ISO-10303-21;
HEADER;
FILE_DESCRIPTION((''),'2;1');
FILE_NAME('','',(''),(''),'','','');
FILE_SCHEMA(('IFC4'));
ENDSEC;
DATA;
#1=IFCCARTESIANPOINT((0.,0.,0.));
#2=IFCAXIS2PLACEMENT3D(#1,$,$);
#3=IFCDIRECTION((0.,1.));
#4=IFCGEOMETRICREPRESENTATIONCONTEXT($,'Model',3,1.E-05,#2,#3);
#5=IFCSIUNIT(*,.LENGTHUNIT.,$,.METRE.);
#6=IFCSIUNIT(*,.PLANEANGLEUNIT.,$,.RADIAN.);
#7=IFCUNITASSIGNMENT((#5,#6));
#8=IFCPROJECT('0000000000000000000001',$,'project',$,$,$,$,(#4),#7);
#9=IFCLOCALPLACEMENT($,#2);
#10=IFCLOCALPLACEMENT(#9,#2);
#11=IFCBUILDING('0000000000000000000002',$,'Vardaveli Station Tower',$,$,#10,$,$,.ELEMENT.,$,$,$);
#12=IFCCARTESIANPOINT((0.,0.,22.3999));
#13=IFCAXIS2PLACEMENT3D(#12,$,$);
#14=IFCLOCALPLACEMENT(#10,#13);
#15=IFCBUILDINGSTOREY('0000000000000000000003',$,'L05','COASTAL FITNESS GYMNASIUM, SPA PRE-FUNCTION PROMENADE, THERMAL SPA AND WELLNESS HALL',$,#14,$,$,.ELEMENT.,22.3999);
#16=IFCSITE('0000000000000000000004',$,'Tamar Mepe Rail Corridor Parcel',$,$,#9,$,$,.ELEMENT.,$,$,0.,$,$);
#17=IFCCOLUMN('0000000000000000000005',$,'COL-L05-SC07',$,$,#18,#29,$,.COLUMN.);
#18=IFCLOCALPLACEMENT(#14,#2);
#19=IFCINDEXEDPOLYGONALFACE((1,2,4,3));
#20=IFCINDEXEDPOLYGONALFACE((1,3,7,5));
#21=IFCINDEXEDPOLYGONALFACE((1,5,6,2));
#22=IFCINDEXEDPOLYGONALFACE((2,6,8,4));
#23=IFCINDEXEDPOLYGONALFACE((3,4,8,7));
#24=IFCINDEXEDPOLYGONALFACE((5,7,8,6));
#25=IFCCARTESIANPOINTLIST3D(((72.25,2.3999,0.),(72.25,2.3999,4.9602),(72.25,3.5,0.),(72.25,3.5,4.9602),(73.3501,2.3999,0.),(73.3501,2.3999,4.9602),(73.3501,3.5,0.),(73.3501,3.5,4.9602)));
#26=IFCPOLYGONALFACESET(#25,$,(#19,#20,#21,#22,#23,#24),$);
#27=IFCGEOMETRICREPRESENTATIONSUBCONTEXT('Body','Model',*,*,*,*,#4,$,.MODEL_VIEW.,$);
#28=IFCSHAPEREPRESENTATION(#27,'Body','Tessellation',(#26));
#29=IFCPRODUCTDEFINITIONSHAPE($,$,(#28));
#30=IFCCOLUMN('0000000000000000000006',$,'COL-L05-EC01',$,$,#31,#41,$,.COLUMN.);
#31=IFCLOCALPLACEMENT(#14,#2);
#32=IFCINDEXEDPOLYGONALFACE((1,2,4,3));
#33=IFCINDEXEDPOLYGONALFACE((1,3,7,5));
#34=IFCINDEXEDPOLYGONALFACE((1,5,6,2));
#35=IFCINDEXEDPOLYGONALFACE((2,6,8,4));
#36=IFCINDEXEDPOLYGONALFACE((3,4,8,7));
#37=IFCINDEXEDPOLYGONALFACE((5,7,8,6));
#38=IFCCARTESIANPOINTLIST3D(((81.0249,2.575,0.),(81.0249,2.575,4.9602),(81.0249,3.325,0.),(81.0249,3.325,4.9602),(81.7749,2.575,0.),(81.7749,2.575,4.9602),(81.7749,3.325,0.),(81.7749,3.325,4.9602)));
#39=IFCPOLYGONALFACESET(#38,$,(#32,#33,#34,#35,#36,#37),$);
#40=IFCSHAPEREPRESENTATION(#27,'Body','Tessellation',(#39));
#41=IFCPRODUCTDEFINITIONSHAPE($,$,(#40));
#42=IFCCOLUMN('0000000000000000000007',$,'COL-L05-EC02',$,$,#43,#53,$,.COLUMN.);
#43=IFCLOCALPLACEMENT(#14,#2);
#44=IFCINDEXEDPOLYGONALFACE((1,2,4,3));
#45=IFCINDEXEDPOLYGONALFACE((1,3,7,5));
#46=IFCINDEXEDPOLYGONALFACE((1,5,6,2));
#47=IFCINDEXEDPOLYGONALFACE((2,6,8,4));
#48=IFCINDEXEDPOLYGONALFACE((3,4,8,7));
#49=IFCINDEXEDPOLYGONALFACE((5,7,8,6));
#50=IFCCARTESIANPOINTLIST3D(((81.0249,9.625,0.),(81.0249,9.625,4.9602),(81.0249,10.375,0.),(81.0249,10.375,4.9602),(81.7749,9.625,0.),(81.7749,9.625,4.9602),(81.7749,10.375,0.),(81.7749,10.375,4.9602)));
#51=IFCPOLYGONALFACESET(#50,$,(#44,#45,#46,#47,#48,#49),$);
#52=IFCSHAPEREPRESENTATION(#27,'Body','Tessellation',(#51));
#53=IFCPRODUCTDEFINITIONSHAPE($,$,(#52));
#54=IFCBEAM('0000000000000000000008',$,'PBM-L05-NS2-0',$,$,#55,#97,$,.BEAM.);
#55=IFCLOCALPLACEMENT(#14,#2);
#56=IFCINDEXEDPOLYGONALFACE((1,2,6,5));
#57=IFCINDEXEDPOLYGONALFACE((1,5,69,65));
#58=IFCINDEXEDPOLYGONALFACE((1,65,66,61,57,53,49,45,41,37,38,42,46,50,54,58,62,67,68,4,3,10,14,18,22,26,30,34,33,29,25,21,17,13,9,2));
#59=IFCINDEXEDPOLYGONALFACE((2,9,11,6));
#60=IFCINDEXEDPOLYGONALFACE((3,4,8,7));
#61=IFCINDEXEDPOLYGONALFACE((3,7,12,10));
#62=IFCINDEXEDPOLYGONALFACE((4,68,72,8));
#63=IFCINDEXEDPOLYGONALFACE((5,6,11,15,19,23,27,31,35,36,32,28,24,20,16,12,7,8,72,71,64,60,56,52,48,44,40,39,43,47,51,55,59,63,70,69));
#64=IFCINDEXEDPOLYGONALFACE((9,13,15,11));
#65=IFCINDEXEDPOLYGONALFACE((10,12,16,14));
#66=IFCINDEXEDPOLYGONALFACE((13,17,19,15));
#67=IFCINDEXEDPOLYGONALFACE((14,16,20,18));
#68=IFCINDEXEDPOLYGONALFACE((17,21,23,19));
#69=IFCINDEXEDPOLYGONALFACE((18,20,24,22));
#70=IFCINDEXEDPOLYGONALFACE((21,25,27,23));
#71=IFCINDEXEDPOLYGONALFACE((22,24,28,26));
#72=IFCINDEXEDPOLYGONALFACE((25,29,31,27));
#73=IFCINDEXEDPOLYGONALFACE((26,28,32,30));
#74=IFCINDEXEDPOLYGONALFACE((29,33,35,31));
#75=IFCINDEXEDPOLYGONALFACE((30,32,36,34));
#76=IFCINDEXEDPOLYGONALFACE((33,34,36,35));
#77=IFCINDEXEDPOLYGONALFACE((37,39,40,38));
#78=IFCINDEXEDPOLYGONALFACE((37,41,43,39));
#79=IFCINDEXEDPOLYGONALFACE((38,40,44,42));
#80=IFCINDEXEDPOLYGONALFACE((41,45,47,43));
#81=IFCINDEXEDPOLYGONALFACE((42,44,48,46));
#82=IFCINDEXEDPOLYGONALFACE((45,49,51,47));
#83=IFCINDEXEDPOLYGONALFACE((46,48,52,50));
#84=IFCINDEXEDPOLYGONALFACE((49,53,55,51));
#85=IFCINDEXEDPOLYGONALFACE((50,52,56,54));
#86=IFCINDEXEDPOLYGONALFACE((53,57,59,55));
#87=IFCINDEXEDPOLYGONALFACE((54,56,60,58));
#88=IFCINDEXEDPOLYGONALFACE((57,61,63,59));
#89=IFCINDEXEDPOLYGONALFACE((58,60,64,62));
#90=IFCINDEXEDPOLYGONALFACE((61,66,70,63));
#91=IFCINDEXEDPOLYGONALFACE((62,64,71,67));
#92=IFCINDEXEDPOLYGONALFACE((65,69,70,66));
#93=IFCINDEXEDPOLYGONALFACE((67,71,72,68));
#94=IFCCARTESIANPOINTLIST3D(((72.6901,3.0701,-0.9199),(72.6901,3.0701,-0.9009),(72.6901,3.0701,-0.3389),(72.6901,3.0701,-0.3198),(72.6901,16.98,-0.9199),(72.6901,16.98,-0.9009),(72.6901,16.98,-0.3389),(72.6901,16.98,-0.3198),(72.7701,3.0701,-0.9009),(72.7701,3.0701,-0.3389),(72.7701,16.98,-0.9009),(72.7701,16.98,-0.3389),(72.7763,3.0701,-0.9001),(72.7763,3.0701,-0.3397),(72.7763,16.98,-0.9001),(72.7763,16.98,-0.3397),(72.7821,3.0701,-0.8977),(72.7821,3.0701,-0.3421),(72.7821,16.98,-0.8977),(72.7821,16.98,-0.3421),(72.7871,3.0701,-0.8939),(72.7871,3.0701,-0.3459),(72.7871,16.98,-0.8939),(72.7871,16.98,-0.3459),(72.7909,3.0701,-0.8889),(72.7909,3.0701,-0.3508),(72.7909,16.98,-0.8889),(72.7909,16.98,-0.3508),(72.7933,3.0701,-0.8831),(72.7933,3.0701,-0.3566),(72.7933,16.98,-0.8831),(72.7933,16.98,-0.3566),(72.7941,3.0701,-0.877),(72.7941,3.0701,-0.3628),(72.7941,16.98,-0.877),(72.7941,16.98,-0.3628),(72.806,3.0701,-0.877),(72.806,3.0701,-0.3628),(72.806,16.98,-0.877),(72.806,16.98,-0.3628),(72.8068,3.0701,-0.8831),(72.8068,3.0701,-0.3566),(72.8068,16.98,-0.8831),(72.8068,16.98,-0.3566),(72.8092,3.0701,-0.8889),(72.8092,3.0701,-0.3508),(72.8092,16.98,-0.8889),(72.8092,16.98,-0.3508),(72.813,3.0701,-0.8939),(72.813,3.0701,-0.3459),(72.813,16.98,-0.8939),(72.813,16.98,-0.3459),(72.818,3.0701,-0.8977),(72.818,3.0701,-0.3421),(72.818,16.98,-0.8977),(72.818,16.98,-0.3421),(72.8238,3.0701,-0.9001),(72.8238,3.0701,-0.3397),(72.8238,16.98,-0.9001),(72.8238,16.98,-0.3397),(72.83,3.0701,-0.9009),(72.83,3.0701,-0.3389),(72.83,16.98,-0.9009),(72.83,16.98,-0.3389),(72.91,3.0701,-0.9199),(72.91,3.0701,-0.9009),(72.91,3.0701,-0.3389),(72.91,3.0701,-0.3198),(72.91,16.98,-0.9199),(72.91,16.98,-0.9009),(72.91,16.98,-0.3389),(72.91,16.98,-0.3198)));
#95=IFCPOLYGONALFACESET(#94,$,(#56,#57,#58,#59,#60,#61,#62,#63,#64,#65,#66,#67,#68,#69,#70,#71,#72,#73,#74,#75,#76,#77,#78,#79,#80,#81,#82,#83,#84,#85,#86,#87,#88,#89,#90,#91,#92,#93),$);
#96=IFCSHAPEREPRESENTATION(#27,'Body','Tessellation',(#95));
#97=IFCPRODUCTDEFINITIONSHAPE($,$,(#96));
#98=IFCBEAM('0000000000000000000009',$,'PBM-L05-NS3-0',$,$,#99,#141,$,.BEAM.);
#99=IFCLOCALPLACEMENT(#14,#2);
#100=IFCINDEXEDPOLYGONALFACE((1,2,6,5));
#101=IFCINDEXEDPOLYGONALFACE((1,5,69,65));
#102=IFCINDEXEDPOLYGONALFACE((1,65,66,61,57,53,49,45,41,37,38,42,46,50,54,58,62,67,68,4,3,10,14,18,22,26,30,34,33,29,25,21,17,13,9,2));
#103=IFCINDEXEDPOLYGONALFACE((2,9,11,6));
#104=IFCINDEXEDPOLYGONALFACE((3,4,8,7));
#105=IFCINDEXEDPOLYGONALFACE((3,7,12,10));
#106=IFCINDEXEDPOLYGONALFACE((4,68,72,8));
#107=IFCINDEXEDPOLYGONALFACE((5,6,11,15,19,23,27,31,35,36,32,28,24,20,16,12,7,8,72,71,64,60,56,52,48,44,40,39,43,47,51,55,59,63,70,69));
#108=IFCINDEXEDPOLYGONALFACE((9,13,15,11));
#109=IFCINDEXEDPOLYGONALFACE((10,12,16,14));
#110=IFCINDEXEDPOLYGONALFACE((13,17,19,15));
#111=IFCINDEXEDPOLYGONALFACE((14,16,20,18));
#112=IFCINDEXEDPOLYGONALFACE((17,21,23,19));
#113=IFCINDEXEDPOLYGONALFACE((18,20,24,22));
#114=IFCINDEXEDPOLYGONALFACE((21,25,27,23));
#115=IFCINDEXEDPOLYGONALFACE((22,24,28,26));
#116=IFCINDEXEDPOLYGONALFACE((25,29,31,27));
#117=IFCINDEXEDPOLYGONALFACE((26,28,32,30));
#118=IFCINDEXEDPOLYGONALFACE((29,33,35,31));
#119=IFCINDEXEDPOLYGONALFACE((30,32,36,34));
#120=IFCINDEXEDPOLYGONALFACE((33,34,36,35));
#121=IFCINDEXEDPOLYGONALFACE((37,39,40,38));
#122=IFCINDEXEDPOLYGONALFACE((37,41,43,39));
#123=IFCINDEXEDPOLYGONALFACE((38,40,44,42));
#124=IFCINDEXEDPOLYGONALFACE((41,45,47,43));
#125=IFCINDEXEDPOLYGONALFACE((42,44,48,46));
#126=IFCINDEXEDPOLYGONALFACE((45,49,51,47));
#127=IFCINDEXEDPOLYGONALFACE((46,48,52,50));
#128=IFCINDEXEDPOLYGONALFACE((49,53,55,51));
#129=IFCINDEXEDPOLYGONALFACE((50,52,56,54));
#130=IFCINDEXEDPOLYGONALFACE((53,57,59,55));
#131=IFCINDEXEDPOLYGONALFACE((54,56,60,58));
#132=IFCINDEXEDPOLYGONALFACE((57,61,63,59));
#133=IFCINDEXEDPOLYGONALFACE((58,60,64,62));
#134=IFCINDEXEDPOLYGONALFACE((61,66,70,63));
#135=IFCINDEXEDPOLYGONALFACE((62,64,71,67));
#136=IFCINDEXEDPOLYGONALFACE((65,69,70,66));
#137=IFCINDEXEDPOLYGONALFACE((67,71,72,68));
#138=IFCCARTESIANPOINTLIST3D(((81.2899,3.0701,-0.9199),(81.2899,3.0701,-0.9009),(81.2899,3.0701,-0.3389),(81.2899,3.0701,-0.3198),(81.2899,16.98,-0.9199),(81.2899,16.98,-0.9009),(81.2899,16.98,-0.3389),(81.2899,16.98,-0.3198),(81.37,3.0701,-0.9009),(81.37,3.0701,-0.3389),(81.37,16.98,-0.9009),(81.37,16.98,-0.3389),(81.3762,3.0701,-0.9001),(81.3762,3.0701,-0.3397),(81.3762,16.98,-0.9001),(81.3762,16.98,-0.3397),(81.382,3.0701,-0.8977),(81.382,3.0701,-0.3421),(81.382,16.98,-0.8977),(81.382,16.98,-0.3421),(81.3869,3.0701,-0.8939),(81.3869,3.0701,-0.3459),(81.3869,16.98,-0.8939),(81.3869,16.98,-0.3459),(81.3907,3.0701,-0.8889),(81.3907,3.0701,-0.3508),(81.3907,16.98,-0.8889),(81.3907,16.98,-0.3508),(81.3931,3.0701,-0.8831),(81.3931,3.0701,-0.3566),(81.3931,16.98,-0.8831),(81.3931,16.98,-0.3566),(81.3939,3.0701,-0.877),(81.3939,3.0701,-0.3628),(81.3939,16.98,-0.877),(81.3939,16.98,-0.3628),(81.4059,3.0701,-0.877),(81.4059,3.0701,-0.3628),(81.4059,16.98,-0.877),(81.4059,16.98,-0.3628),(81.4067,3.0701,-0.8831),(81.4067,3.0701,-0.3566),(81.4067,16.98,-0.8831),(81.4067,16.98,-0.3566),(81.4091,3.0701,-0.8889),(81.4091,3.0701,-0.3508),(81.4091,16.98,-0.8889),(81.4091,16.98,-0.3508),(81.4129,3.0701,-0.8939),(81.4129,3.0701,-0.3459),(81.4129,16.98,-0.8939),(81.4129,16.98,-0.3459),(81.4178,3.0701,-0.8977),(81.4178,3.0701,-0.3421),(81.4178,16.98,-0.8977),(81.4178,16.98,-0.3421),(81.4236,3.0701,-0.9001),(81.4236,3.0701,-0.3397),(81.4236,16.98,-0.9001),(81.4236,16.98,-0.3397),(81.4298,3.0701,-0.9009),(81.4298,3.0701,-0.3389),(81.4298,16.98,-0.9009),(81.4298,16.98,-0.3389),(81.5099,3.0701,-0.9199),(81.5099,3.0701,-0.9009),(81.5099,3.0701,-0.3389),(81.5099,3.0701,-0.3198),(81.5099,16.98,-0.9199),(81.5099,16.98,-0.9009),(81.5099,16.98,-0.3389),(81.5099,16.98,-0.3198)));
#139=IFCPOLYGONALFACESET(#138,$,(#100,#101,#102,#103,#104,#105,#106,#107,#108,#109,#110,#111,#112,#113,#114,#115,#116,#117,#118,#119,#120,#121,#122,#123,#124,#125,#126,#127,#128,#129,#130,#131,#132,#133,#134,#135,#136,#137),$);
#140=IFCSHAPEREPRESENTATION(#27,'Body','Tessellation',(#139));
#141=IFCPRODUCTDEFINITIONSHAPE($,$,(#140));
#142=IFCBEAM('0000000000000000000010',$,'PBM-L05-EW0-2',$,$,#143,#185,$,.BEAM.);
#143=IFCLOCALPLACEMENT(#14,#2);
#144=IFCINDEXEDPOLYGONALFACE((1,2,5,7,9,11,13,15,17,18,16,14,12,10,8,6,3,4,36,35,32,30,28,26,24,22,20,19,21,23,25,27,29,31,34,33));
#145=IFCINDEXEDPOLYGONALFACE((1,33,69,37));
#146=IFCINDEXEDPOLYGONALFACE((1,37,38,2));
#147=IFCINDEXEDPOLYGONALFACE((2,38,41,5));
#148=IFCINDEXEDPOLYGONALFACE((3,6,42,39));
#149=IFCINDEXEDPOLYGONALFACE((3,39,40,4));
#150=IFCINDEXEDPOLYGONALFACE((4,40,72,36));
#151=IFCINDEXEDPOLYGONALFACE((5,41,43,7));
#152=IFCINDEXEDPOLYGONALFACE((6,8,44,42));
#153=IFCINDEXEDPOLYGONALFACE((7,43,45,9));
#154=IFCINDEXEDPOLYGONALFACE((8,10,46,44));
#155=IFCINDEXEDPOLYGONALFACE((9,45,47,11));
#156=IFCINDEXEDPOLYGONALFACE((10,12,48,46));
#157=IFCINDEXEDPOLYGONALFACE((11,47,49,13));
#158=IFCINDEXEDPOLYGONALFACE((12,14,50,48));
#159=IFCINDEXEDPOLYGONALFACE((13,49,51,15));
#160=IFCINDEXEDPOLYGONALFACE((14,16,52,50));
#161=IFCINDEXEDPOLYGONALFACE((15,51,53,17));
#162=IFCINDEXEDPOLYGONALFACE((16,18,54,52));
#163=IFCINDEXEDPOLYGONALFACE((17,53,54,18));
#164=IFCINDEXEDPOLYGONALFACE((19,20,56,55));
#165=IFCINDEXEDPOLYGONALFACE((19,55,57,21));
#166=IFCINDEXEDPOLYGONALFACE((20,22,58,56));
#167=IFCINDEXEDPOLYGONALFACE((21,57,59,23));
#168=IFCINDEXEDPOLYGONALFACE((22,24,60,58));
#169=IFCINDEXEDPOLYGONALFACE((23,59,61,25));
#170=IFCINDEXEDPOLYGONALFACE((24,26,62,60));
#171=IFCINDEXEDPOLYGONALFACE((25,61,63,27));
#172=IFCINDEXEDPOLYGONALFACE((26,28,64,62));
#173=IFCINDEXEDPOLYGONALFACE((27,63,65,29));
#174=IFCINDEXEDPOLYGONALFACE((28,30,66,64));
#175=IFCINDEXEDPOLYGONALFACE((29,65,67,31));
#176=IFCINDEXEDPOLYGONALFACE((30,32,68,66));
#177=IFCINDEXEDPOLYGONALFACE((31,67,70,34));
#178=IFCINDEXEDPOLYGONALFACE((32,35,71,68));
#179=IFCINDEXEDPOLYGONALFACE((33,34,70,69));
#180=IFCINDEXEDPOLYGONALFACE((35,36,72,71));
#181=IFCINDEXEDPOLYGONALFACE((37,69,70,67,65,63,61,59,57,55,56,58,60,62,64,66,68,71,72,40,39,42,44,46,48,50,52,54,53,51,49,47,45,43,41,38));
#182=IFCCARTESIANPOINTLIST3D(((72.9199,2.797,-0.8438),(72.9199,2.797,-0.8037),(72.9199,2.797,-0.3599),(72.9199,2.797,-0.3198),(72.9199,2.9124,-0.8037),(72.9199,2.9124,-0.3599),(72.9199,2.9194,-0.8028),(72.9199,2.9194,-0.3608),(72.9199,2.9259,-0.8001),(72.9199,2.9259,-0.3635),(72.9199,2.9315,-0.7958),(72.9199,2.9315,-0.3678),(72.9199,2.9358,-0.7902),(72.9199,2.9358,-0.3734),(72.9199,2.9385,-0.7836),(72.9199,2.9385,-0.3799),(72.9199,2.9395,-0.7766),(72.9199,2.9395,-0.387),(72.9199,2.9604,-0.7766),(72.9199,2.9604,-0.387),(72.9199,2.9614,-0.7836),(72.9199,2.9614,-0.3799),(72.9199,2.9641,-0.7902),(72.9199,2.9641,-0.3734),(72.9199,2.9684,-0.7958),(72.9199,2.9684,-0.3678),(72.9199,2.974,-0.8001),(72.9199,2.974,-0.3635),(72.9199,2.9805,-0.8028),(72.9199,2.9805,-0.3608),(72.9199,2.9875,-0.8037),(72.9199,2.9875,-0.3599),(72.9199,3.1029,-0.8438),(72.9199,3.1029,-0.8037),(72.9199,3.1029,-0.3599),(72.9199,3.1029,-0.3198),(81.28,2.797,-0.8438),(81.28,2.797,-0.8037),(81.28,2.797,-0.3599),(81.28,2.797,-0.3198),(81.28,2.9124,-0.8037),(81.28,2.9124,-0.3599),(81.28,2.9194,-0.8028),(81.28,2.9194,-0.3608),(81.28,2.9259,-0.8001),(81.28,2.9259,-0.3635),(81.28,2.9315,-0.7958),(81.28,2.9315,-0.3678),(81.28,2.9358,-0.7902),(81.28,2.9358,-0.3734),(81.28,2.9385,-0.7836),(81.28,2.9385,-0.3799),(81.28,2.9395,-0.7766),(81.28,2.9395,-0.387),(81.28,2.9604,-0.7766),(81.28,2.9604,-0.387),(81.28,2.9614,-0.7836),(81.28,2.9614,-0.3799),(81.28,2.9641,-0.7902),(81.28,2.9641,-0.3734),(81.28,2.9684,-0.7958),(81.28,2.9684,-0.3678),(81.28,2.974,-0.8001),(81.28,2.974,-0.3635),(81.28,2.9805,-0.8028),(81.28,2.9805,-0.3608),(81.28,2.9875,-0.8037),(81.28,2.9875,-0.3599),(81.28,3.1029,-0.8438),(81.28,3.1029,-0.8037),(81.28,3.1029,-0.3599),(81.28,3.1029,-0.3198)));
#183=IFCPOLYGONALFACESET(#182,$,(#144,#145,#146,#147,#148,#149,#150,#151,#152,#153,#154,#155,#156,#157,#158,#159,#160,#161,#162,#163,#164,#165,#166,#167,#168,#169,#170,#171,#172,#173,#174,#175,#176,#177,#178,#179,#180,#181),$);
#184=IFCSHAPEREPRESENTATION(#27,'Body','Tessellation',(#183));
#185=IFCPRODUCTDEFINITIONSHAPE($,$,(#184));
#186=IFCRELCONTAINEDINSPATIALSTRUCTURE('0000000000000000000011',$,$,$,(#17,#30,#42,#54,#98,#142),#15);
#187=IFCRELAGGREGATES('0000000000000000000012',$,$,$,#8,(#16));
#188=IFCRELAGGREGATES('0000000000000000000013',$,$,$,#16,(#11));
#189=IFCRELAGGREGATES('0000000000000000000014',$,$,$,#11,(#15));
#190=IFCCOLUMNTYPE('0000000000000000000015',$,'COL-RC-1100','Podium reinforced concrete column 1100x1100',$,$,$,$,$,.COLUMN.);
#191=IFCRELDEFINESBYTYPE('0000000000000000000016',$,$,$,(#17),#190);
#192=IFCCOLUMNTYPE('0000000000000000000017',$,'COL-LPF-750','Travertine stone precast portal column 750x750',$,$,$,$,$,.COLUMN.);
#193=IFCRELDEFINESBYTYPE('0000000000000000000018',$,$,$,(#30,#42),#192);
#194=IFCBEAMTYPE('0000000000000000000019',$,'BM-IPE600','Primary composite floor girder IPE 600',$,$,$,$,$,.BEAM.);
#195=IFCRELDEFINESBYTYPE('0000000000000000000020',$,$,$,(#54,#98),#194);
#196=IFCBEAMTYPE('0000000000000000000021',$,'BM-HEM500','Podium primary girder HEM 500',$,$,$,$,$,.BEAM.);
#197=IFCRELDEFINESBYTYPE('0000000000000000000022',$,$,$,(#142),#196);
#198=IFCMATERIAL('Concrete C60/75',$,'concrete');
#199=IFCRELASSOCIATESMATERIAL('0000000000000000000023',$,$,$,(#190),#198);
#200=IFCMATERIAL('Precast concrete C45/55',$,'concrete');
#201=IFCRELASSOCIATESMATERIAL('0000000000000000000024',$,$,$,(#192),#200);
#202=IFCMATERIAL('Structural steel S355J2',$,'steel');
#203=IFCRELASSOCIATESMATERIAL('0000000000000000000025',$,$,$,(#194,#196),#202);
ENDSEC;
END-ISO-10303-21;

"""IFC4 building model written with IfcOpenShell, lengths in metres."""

from ifc_helpers import new_model, si_unit, direction, frame, origin, origin_2d, place, context, subcontext, project, spatial, rectangle, i_section, extrude, source, transform, mapped, material, material_profile, profile_set, type_object, element, save


model = new_model("IFC4")

# Units and contexts
model_context = context("Model", 3, precision=1e-05, world=origin(), true_north=direction((0.0, 1.0)))
body_context = subcontext(model_context, "Body", "Model", "MODEL_VIEW")
ifc_project = project(units=[si_unit("LENGTHUNIT", "METRE"), si_unit("PLANEANGLEUNIT", "RADIAN")], contexts=[model_context])

# Site, building, storey
site_placement = place(None, origin())
site = spatial("IfcSite", under=ifc_project, at=site_placement, Name="Tamar Mepe Rail Corridor Parcel", CompositionType="ELEMENT", RefElevation=0.0)
building_placement = place(site_placement, origin())
building = spatial("IfcBuilding", under=site, at=building_placement, Name="Vardaveli Station Tower", CompositionType="ELEMENT")
storey_placement = place(building_placement, frame((0.0, 0.0, 22.3999)))
storey = spatial("IfcBuildingStorey", under=building, at=storey_placement, Name="L05", Description="COASTAL FITNESS GYMNASIUM, SPA PRE-FUNCTION PROMENADE, THERMAL SPA AND WELLNESS HALL", CompositionType="ELEMENT", Elevation=22.3999)

# Columns
ifc_material_1 = material(Name="Concrete C60/75", Category="concrete")
ifc_material_profile_1 = material_profile(ifc_material_1, rectangle(XDim=1.1001, YDim=1.1001, at=origin_2d()), Name="RC 1100x1100")
ifc_profile_set_1 = profile_set([ifc_material_profile_1], Name="Concrete C60/75")
column_type_1 = type_object("IfcColumnType", Name="COL-RC-1100", Description="Podium reinforced concrete column 1100x1100", PredefinedType="COLUMN", material=ifc_profile_set_1)
shared_shape_1 = source(origin(), body_context, "Body", "SweptSolid", [
    extrude(rectangle(XDim=1.1001, YDim=1.1001, at=origin_2d()), origin(), (0.0, 0.0, 1.0), 4.9602),
])
column_placement = place(storey_placement, frame((72.8, 2.95, 0.0), z_axis=(0.0, 0.0, 1.0), x_axis=(1.0, 0.0, 0.0)))
element("IfcColumn", 1, at=column_placement, inside=storey, type_object=column_type_1, Name="COL-L05-SC07", PredefinedType="COLUMN", context=body_context, shape_type="MappedRepresentation", body=[
    mapped(shared_shape_1, transform((0.0, 0.0, 0.0), scale=1.0)),
])
ifc_material_2 = material(Name="Precast concrete C45/55", Category="concrete")
ifc_material_profile_2 = material_profile(ifc_material_2, rectangle(XDim=0.75, YDim=0.75, at=origin_2d()), Name="LPF 750x750")
ifc_profile_set_2 = profile_set([ifc_material_profile_2], Name="Precast concrete C45/55")
column_type_2 = type_object("IfcColumnType", Name="COL-LPF-750", Description="Travertine stone precast portal column 750x750", PredefinedType="COLUMN", material=ifc_profile_set_2)
shared_shape_2 = source(origin(), body_context, "Body", "SweptSolid", [
    extrude(rectangle(XDim=0.75, YDim=0.75, at=origin_2d()), origin(), (0.0, 0.0, 1.0), 4.9602),
])
for number, where, z_axis, x_axis, name in (
    (2, (81.3999, 2.95, 0.0), (0.0, 0.0, 1.0), (1.0, 0.0, 0.0), "COL-L05-EC01"),
    (3, (81.3999, 10.0, 0.0), (0.0, 0.0, 1.0), (1.0, 0.0, 0.0), "COL-L05-EC02"),
):
    element("IfcColumn", number, at=place(storey_placement, frame(where, z_axis=z_axis, x_axis=x_axis)), inside=storey, type_object=column_type_2, Name=name, PredefinedType="COLUMN", context=body_context, shape_type="MappedRepresentation", body=[
        mapped(shared_shape_2, transform((0.0, 0.0, 0.0), scale=1.0)),
    ])

# Beams
ifc_material_3 = material(Name="Structural steel S355J2", Category="steel")
ifc_material_profile_3 = material_profile(ifc_material_3, i_section(OverallWidth=0.22, OverallDepth=0.6001, WebThickness=0.012, FlangeThickness=0.019, FilletRadius=0.0239, at=origin_2d()), Name="IPE 600")
ifc_profile_set_3 = profile_set([ifc_material_profile_3], Name="Structural steel S355J2")
beam_type_1 = type_object("IfcBeamType", Name="BM-IPE600", Description="Primary composite floor girder IPE 600", PredefinedType="BEAM", material=ifc_profile_set_3)
shared_shape_3 = source(origin(), body_context, "Body", "SweptSolid", [
    extrude(i_section(OverallWidth=0.22, OverallDepth=0.6001, WebThickness=0.012, FlangeThickness=0.019, FilletRadius=0.0239, at=origin_2d()), origin(), (0.0, 0.0, 1.0), 13.9099),
])
for number, where, z_axis, x_axis, name in (
    (4, (72.8, 3.0701, -0.6199), (0.0, 1.0, 0.0), (-1.0, 0.0, 0.0), "PBM-L05-NS2-0"),
    (5, (81.3999, 3.0701, -0.6199), (0.0, 1.0, 0.0), (-1.0, 0.0, 0.0), "PBM-L05-NS3-0"),
):
    element("IfcBeam", number, at=place(storey_placement, frame(where, z_axis=z_axis, x_axis=x_axis)), inside=storey, type_object=beam_type_1, Name=name, PredefinedType="BEAM", context=body_context, shape_type="MappedRepresentation", body=[
        mapped(shared_shape_3, transform((0.0, 0.0, 0.0), scale=1.0)),
    ])
ifc_material_profile_4 = material_profile(ifc_material_3, i_section(OverallWidth=0.3059, OverallDepth=0.5239, WebThickness=0.021, FlangeThickness=0.04, FilletRadius=0.0271, at=origin_2d()), Name="HEM 500")
ifc_profile_set_4 = profile_set([ifc_material_profile_4], Name="Structural steel S355J2")
beam_type_2 = type_object("IfcBeamType", Name="BM-HEM500", Description="Podium primary girder HEM 500", PredefinedType="BEAM", material=ifc_profile_set_4)
shared_shape_4 = source(origin(), body_context, "Body", "SweptSolid", [
    extrude(i_section(OverallWidth=0.3059, OverallDepth=0.5239, WebThickness=0.021, FlangeThickness=0.04, FilletRadius=0.0271, at=origin_2d()), origin(), (0.0, 0.0, 1.0), 8.3601),
])
beam_placement = place(storey_placement, frame((72.9199, 2.95, -0.5818), z_axis=(1.0, 0.0, 0.0), x_axis=(0.0, 1.0, 0.0)))
element("IfcBeam", 6, at=beam_placement, inside=storey, type_object=beam_type_2, Name="PBM-L05-EW0-2", PredefinedType="BEAM", context=body_context, shape_type="MappedRepresentation", body=[
    mapped(shared_shape_4, transform((0.0, 0.0, 0.0), scale=1.0)),
])

save(model, "model.ifc")
